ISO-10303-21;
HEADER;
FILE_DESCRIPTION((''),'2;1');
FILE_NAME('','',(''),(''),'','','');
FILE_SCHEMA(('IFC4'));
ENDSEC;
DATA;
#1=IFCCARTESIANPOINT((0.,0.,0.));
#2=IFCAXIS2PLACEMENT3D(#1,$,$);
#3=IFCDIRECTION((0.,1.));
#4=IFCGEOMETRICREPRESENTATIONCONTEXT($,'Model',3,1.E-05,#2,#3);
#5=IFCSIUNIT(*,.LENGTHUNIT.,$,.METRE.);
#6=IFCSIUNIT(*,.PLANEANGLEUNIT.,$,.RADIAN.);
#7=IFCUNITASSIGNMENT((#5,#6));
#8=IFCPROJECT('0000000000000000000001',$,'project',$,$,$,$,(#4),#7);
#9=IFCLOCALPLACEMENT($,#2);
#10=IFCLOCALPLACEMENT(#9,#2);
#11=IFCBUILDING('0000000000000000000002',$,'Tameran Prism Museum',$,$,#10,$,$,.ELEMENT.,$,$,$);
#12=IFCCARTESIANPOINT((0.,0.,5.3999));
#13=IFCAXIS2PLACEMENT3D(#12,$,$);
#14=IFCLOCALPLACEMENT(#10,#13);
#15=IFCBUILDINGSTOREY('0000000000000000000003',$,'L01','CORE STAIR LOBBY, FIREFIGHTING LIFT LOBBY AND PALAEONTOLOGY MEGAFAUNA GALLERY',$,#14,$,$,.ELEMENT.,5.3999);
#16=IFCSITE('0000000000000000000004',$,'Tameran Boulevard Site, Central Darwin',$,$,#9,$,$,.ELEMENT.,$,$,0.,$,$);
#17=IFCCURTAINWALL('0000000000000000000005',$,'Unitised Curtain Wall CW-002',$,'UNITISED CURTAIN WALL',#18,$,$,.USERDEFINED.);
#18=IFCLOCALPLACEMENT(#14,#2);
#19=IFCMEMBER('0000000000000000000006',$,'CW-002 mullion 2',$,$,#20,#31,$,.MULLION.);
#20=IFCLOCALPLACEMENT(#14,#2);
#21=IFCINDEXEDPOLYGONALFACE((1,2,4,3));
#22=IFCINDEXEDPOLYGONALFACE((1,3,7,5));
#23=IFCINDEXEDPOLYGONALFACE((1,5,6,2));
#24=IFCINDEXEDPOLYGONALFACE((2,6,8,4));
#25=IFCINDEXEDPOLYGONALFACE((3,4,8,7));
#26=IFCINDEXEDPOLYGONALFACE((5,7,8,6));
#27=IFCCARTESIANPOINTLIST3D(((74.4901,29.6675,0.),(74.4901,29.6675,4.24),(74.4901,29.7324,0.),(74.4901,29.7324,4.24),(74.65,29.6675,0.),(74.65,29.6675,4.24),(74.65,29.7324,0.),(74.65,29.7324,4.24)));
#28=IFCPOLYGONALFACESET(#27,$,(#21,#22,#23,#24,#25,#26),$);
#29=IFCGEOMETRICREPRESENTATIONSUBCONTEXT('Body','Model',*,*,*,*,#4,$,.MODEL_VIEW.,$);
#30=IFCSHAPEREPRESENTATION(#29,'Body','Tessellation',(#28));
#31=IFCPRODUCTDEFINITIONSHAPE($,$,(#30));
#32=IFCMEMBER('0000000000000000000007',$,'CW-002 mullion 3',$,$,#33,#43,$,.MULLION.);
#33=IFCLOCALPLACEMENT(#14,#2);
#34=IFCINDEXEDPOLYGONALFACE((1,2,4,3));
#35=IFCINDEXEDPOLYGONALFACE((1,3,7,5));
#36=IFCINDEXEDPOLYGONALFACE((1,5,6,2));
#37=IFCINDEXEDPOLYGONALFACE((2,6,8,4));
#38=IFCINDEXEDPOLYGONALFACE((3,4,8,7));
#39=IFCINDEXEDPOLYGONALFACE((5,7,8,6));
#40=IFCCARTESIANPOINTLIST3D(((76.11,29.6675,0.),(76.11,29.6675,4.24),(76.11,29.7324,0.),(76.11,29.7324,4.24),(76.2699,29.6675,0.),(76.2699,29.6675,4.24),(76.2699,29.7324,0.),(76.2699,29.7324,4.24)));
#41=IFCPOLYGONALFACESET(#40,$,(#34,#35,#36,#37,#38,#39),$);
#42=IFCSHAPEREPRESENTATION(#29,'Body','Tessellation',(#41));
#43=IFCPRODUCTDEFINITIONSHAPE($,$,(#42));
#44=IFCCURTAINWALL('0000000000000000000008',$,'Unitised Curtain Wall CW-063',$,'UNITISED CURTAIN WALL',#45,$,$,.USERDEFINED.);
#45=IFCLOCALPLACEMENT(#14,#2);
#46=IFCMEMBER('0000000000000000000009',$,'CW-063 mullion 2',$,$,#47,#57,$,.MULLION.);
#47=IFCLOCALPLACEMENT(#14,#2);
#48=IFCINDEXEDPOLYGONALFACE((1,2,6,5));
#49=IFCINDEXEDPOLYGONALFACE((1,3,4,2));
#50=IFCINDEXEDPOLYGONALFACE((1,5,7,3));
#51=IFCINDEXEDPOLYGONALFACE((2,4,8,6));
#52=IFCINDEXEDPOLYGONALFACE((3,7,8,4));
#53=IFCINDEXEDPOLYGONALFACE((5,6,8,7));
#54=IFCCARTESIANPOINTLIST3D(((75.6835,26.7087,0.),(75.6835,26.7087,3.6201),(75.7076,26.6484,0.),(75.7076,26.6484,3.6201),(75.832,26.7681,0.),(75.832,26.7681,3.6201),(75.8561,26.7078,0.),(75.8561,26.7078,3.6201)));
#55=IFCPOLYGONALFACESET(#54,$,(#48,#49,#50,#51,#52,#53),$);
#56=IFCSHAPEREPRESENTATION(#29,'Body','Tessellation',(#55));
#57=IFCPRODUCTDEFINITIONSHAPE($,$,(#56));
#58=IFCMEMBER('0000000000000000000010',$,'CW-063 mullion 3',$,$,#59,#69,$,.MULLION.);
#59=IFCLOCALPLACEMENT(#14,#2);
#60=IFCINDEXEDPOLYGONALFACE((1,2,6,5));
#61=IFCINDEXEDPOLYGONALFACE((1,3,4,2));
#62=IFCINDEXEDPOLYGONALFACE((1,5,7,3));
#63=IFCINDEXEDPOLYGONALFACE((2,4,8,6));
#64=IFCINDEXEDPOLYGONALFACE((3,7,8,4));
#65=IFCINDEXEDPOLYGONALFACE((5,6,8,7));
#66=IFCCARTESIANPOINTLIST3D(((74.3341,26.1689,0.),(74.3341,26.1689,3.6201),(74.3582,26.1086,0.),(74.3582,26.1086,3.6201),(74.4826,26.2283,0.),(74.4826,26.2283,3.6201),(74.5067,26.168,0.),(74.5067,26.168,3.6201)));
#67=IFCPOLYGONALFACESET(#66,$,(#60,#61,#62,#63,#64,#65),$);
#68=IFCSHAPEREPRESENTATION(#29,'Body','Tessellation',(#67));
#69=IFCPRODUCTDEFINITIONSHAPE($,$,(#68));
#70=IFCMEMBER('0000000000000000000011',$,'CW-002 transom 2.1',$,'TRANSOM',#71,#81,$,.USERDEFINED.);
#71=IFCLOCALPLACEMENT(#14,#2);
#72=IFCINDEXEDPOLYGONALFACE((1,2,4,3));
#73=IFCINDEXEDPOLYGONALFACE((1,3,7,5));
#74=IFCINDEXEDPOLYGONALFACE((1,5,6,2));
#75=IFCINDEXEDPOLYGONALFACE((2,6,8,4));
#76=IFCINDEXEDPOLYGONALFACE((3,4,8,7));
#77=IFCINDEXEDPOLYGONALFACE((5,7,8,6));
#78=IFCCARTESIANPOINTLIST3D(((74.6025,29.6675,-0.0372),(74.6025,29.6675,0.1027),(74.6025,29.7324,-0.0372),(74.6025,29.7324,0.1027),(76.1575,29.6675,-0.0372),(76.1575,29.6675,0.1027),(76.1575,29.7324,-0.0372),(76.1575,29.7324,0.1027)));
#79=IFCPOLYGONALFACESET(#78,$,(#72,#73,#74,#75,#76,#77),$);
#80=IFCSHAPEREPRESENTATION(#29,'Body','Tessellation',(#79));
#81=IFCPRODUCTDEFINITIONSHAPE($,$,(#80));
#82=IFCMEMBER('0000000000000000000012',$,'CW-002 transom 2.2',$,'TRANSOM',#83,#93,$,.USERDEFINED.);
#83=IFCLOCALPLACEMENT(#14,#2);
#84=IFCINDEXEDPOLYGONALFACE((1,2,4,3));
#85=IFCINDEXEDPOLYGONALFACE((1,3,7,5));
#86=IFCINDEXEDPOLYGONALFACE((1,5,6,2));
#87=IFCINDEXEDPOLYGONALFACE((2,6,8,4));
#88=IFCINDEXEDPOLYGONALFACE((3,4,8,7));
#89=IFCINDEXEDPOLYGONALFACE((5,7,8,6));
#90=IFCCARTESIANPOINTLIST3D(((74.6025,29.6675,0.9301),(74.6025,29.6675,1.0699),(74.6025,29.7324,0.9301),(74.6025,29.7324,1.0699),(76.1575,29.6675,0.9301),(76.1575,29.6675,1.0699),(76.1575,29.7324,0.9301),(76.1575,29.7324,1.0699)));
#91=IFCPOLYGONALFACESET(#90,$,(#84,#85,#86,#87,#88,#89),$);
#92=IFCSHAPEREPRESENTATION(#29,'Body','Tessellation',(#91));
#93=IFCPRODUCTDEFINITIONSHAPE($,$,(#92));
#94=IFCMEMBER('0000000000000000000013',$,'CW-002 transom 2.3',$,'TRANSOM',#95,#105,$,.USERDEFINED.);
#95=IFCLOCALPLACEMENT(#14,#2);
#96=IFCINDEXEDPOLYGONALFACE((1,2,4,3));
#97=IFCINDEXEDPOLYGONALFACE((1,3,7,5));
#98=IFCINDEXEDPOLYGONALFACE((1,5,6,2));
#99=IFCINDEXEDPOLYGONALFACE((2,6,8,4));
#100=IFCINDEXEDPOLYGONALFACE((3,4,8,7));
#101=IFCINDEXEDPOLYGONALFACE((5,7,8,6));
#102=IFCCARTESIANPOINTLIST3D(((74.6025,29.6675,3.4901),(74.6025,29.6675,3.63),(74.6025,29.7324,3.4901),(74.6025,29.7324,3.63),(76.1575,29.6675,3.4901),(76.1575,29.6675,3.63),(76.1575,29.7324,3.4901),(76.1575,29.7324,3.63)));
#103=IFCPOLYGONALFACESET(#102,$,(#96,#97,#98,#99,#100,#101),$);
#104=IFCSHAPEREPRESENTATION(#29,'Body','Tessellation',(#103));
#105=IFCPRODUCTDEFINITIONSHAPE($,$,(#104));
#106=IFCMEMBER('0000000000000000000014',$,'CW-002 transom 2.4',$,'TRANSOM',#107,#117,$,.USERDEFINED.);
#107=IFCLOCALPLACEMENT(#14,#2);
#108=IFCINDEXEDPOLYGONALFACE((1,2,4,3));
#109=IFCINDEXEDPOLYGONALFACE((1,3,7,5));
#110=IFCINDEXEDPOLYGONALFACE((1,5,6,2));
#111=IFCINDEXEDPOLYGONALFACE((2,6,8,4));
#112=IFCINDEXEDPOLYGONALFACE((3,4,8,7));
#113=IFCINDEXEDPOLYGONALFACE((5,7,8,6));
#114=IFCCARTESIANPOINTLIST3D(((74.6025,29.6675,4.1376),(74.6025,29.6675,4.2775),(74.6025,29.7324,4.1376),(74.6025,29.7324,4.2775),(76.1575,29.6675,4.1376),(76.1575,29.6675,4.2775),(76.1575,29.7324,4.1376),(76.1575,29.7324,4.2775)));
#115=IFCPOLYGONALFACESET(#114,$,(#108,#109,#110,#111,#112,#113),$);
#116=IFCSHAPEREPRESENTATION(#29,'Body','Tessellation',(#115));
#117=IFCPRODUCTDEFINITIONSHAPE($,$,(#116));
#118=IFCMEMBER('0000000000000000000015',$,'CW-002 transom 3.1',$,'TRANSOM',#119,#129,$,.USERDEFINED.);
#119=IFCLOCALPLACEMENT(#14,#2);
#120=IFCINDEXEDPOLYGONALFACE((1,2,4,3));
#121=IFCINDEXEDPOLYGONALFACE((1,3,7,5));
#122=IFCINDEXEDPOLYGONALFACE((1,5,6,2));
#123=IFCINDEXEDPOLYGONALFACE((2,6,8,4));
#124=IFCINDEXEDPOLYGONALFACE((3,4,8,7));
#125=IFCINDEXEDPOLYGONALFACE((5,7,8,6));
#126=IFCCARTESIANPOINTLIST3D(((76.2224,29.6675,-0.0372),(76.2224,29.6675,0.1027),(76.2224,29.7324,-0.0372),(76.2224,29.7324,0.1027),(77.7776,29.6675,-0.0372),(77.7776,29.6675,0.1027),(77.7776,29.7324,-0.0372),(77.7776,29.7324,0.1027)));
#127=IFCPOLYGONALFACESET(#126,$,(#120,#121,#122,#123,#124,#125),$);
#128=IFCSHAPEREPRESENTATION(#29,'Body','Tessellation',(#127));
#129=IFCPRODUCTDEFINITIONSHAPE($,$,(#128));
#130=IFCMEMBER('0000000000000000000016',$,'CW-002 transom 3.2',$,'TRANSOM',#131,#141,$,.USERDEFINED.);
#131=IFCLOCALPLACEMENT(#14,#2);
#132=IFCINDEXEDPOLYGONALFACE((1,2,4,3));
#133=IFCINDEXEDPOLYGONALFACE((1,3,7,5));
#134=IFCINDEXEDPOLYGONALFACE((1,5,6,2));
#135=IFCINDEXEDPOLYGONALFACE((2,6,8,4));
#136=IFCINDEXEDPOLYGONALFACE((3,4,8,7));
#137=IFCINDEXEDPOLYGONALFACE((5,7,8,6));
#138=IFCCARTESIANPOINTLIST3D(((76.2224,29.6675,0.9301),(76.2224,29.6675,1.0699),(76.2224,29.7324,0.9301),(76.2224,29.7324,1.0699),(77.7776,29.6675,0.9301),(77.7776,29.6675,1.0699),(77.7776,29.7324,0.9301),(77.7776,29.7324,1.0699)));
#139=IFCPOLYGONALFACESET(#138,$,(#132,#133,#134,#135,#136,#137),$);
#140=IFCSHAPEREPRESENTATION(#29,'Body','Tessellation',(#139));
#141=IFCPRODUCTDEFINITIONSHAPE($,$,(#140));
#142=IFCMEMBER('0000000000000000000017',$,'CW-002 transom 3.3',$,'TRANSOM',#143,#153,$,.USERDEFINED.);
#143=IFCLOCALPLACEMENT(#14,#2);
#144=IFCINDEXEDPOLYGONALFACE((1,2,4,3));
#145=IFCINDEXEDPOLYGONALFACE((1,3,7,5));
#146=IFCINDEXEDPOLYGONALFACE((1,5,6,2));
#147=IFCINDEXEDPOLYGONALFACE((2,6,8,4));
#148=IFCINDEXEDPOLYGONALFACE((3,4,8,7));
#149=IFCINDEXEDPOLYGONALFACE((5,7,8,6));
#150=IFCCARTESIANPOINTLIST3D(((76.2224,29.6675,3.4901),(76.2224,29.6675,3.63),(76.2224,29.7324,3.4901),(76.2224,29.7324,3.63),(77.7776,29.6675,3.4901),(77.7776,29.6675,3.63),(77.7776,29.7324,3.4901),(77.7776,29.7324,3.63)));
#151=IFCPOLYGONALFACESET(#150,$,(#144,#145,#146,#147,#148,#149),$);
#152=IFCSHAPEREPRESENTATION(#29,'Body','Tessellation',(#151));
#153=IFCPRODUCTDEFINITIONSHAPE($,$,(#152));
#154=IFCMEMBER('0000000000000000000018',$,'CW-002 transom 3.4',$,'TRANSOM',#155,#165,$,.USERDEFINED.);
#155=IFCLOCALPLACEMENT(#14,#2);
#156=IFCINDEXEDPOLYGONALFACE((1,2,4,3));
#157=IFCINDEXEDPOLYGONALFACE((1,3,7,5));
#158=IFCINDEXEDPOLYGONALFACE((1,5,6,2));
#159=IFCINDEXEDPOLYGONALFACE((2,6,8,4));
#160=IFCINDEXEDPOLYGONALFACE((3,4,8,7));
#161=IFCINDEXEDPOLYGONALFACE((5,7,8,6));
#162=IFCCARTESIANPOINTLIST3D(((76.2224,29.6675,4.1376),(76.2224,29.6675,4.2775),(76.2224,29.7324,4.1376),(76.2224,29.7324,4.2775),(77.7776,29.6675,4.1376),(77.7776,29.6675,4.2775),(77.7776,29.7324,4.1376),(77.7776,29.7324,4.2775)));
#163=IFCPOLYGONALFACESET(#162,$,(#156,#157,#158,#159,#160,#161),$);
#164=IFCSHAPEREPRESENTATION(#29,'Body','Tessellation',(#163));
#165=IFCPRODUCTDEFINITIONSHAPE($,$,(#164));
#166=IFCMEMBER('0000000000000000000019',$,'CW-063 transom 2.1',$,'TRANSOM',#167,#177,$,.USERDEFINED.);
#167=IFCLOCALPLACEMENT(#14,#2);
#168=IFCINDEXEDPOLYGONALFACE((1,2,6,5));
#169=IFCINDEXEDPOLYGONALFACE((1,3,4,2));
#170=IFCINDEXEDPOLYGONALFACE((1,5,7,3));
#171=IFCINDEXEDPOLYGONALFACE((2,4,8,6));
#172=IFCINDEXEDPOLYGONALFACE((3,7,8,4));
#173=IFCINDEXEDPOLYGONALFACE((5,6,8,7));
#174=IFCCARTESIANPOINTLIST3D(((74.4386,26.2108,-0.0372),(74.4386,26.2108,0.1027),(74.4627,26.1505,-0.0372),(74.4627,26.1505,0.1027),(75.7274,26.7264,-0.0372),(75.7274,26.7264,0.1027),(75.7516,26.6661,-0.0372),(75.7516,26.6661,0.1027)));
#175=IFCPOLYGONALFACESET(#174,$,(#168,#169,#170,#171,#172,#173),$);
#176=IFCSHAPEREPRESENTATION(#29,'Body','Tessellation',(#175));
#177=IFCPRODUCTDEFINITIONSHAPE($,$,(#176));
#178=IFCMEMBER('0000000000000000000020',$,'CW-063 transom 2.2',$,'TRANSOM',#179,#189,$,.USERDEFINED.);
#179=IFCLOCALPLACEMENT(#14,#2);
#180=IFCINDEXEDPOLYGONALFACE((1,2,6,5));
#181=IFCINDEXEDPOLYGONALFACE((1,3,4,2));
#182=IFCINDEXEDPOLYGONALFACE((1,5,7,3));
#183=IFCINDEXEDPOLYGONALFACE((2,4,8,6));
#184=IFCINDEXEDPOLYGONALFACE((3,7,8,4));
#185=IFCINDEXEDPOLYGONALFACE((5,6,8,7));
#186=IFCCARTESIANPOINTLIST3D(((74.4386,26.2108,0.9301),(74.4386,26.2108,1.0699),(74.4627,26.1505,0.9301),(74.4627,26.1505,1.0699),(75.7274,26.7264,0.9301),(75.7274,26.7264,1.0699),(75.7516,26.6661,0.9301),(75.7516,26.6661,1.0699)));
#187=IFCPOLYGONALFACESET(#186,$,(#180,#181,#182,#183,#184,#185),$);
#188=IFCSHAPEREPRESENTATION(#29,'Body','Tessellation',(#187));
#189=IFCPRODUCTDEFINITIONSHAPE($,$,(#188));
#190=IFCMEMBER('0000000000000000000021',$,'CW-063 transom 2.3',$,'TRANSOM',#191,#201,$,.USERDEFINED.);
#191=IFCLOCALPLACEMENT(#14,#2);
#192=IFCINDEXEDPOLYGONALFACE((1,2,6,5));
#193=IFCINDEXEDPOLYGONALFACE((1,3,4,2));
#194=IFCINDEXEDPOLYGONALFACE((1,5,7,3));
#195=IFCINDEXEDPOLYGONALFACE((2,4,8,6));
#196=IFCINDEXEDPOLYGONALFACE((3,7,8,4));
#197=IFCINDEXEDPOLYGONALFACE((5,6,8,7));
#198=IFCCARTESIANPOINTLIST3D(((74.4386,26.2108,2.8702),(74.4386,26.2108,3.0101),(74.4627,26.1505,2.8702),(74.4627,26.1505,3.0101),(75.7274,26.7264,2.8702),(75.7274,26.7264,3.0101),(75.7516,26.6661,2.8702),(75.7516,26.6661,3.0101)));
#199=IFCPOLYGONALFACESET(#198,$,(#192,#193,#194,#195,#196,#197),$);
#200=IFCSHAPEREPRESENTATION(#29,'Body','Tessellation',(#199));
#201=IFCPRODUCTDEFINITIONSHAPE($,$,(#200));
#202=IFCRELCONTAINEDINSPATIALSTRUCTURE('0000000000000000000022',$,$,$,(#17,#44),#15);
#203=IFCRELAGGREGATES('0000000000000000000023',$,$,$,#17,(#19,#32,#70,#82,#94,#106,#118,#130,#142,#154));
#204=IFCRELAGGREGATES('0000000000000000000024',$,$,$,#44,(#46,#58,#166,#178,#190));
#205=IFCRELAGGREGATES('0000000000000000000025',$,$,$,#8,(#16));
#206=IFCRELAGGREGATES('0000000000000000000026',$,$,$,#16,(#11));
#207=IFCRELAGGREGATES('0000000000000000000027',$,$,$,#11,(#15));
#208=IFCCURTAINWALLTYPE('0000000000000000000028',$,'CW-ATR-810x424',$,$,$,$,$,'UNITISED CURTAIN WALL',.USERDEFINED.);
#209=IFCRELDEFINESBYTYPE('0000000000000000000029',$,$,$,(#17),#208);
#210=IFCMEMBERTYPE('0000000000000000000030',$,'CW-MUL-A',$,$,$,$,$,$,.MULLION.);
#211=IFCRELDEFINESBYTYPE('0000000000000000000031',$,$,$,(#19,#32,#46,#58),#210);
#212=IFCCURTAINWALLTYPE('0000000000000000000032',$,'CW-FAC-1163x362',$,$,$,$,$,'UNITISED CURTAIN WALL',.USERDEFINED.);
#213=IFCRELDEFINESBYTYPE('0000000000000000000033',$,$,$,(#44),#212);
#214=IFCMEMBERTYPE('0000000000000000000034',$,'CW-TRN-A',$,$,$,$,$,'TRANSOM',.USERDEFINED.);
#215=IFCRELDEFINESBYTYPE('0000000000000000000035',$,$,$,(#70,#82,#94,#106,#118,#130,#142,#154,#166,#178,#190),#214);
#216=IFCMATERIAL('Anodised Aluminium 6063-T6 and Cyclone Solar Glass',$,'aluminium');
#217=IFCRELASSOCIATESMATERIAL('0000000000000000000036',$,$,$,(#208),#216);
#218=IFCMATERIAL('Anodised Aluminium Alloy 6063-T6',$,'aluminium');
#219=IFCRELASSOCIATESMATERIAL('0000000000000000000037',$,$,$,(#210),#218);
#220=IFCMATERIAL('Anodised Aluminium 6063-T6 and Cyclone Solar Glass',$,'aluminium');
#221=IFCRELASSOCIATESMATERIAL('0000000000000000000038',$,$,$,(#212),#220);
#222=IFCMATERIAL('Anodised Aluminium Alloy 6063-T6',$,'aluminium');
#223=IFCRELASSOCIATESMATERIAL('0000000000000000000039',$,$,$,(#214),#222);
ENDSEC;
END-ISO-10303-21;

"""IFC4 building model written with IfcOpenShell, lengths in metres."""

from ifc_helpers import new_model, si_unit, direction, frame, origin, origin_2d, place, context, subcontext, project, spatial, rectangle, extrude, material, material_profile, profile_set, type_object, element, aggregate, save


model = new_model("IFC4")

# Units and contexts
model_context = context("Model", 3, precision=1e-05, world=origin(), true_north=direction((0.0, 1.0)))
body_context = subcontext(model_context, "Body", "Model", "MODEL_VIEW")
ifc_project = project(units=[si_unit("LENGTHUNIT", "METRE"), si_unit("PLANEANGLEUNIT", "RADIAN")], contexts=[model_context])

# Site, building, storey
site_placement = place(None, origin())
site = spatial("IfcSite", under=ifc_project, at=site_placement, Name="Tameran Boulevard Site, Central Darwin", CompositionType="ELEMENT", RefElevation=0.0)
building_placement = place(site_placement, origin())
building = spatial("IfcBuilding", under=site, at=building_placement, Name="Tameran Prism Museum", CompositionType="ELEMENT")
storey_placement = place(building_placement, frame((0.0, 0.0, 5.3999)))
storey = spatial("IfcBuildingStorey", under=building, at=storey_placement, Name="L01", Description="CORE STAIR LOBBY, FIREFIGHTING LIFT LOBBY AND PALAEONTOLOGY MEGAFAUNA GALLERY", CompositionType="ELEMENT", Elevation=5.3999)

# Curtain walls, members
ifc_material_1 = material(Name="Anodised Aluminium 6063-T6 and Cyclone Solar Glass", Category="aluminium")
curtain_wall_type_1 = type_object("IfcCurtainWallType", Name="CW-ATR-810x424", ElementType="UNITISED CURTAIN WALL", PredefinedType="USERDEFINED", material=ifc_material_1)
curtain_wall_1_placement = place(storey_placement, origin())
curtain_wall_1 = element("IfcCurtainWall", 1, at=curtain_wall_1_placement, inside=storey, type_object=curtain_wall_type_1, Name="Unitised Curtain Wall CW-002", ObjectType="UNITISED CURTAIN WALL", PredefinedType="USERDEFINED")
ifc_material_2 = material(Name="Anodised Aluminium Alloy 6063-T6", Category="aluminium")
ifc_material_profile_1 = material_profile(ifc_material_2, rectangle(XDim=0.0649, YDim=0.1599, at=origin_2d()))
ifc_profile_set_1 = profile_set([ifc_material_profile_1])
member_type_1 = type_object("IfcMemberType", Name="CW-MUL-A", PredefinedType="MULLION", material=ifc_profile_set_1)
member_1_placement = place(storey_placement, frame((74.5701, 29.7, 0.0), z_axis=(0.0, 0.0, 1.0), x_axis=(0.0, 1.0, 0.0)))
member_1 = element("IfcMember", 2, at=member_1_placement, type_object=member_type_1, Name="CW-002 mullion 2", PredefinedType="MULLION", context=body_context, shape_type="SweptSolid", body=[
    extrude(rectangle(XDim=0.0649, YDim=0.1599, at=origin_2d()), origin(), (0.0, 0.0, 1.0), 4.24),
])
member_2_placement = place(storey_placement, frame((76.1899, 29.7, 0.0), z_axis=(0.0, 0.0, 1.0), x_axis=(0.0, 1.0, 0.0)))
member_2 = element("IfcMember", 3, at=member_2_placement, type_object=member_type_1, Name="CW-002 mullion 3", PredefinedType="MULLION", context=body_context, shape_type="SweptSolid", body=[
    extrude(rectangle(XDim=0.0649, YDim=0.1599, at=origin_2d()), origin(), (0.0, 0.0, 1.0), 4.24),
])
ifc_material_3 = material(Name="Anodised Aluminium 6063-T6 and Cyclone Solar Glass", Category="aluminium")
curtain_wall_type_2 = type_object("IfcCurtainWallType", Name="CW-FAC-1163x362", ElementType="UNITISED CURTAIN WALL", PredefinedType="USERDEFINED", material=ifc_material_3)
curtain_wall_2_placement = place(storey_placement, origin())
curtain_wall_2 = element("IfcCurtainWall", 4, at=curtain_wall_2_placement, inside=storey, type_object=curtain_wall_type_2, Name="Unitised Curtain Wall CW-063", ObjectType="UNITISED CURTAIN WALL", PredefinedType="USERDEFINED")
member_3_placement = place(storey_placement, frame((75.7698, 26.7083, 0.0), z_axis=(0.0, 0.0, 1.0), x_axis=(0.37142, -0.928465, 0.0)))
member_3 = element("IfcMember", 5, at=member_3_placement, type_object=member_type_1, Name="CW-063 mullion 2", PredefinedType="MULLION", context=body_context, shape_type="SweptSolid", body=[
    extrude(rectangle(XDim=0.0649, YDim=0.1599, at=origin_2d()), origin(), (0.0, 0.0, 1.0), 3.6201),
])
member_4_placement = place(storey_placement, frame((74.4204, 26.1685, 0.0), z_axis=(0.0, 0.0, 1.0), x_axis=(0.37142, -0.928465, 0.0)))
member_4 = element("IfcMember", 6, at=member_4_placement, type_object=member_type_1, Name="CW-063 mullion 3", PredefinedType="MULLION", context=body_context, shape_type="SweptSolid", body=[
    extrude(rectangle(XDim=0.0649, YDim=0.1599, at=origin_2d()), origin(), (0.0, 0.0, 1.0), 3.6201),
])

# Members
ifc_material_4 = material(Name="Anodised Aluminium Alloy 6063-T6", Category="aluminium")
ifc_material_profile_2 = material_profile(ifc_material_4, rectangle(XDim=0.0649, YDim=0.1399, at=origin_2d()))
ifc_profile_set_2 = profile_set([ifc_material_profile_2])
member_type_2 = type_object("IfcMemberType", Name="CW-TRN-A", ElementType="TRANSOM", PredefinedType="USERDEFINED", material=ifc_profile_set_2)
member_5_placement = place(storey_placement, frame((74.6025, 29.7, 0.0327), z_axis=(1.0, 0.0, 0.0), x_axis=(0.0, 1.0, 0.0)))
member_5 = element("IfcMember", 7, at=member_5_placement, type_object=member_type_2, Name="CW-002 transom 2.1", ObjectType="TRANSOM", PredefinedType="USERDEFINED", context=body_context, shape_type="SweptSolid", body=[
    extrude(rectangle(XDim=0.0649, YDim=0.1399, at=origin_2d()), origin(), (0.0, 0.0, 1.0), 1.5549),
])
member_6_placement = place(storey_placement, frame((74.6025, 29.7, 1.0), z_axis=(1.0, 0.0, 0.0), x_axis=(0.0, 1.0, 0.0)))
member_6 = element("IfcMember", 8, at=member_6_placement, type_object=member_type_2, Name="CW-002 transom 2.2", ObjectType="TRANSOM", PredefinedType="USERDEFINED", context=body_context, shape_type="SweptSolid", body=[
    extrude(rectangle(XDim=0.0649, YDim=0.1399, at=origin_2d()), origin(), (0.0, 0.0, 1.0), 1.5549),
])
member_7_placement = place(storey_placement, frame((74.6025, 29.7, 3.5601), z_axis=(1.0, 0.0, 0.0), x_axis=(0.0, 1.0, 0.0)))
member_7 = element("IfcMember", 9, at=member_7_placement, type_object=member_type_2, Name="CW-002 transom 2.3", ObjectType="TRANSOM", PredefinedType="USERDEFINED", context=body_context, shape_type="SweptSolid", body=[
    extrude(rectangle(XDim=0.0649, YDim=0.1399, at=origin_2d()), origin(), (0.0, 0.0, 1.0), 1.5549),
])
member_8_placement = place(storey_placement, frame((74.6025, 29.7, 4.2075), z_axis=(1.0, 0.0, 0.0), x_axis=(0.0, 1.0, 0.0)))
member_8 = element("IfcMember", 10, at=member_8_placement, type_object=member_type_2, Name="CW-002 transom 2.4", ObjectType="TRANSOM", PredefinedType="USERDEFINED", context=body_context, shape_type="SweptSolid", body=[
    extrude(rectangle(XDim=0.0649, YDim=0.1399, at=origin_2d()), origin(), (0.0, 0.0, 1.0), 1.5549),
])
member_9_placement = place(storey_placement, frame((76.2224, 29.7, 0.0327), z_axis=(1.0, 0.0, 0.0), x_axis=(0.0, 1.0, 0.0)))
member_9 = element("IfcMember", 11, at=member_9_placement, type_object=member_type_2, Name="CW-002 transom 3.1", ObjectType="TRANSOM", PredefinedType="USERDEFINED", context=body_context, shape_type="SweptSolid", body=[
    extrude(rectangle(XDim=0.0649, YDim=0.1399, at=origin_2d()), origin(), (0.0, 0.0, 1.0), 1.5552),
])
member_10_placement = place(storey_placement, frame((76.2224, 29.7, 1.0), z_axis=(1.0, 0.0, 0.0), x_axis=(0.0, 1.0, 0.0)))
member_10 = element("IfcMember", 12, at=member_10_placement, type_object=member_type_2, Name="CW-002 transom 3.2", ObjectType="TRANSOM", PredefinedType="USERDEFINED", context=body_context, shape_type="SweptSolid", body=[
    extrude(rectangle(XDim=0.0649, YDim=0.1399, at=origin_2d()), origin(), (0.0, 0.0, 1.0), 1.5552),
])
member_11_placement = place(storey_placement, frame((76.2224, 29.7, 3.5601), z_axis=(1.0, 0.0, 0.0), x_axis=(0.0, 1.0, 0.0)))
member_11 = element("IfcMember", 13, at=member_11_placement, type_object=member_type_2, Name="CW-002 transom 3.3", ObjectType="TRANSOM", PredefinedType="USERDEFINED", context=body_context, shape_type="SweptSolid", body=[
    extrude(rectangle(XDim=0.0649, YDim=0.1399, at=origin_2d()), origin(), (0.0, 0.0, 1.0), 1.5552),
])
member_12_placement = place(storey_placement, frame((76.2224, 29.7, 4.2075), z_axis=(1.0, 0.0, 0.0), x_axis=(0.0, 1.0, 0.0)))
member_12 = element("IfcMember", 14, at=member_12_placement, type_object=member_type_2, Name="CW-002 transom 3.4", ObjectType="TRANSOM", PredefinedType="USERDEFINED", context=body_context, shape_type="SweptSolid", body=[
    extrude(rectangle(XDim=0.0649, YDim=0.1399, at=origin_2d()), origin(), (0.0, 0.0, 1.0), 1.5552),
])
member_13_placement = place(storey_placement, frame((75.7395, 26.6963, 0.0327), z_axis=(-0.928452, -0.371451, 0.0), x_axis=(0.371451, -0.928452, 0.0)))
member_13 = element("IfcMember", 15, at=member_13_placement, type_object=member_type_2, Name="CW-063 transom 2.1", ObjectType="TRANSOM", PredefinedType="USERDEFINED", context=body_context, shape_type="SweptSolid", body=[
    extrude(rectangle(XDim=0.0649, YDim=0.1399, at=origin_2d()), origin(), (0.0, 0.0, 1.0), 1.3882),
])
member_14_placement = place(storey_placement, frame((75.7395, 26.6963, 1.0), z_axis=(-0.928452, -0.371451, 0.0), x_axis=(0.371451, -0.928452, 0.0)))
member_14 = element("IfcMember", 16, at=member_14_placement, type_object=member_type_2, Name="CW-063 transom 2.2", ObjectType="TRANSOM", PredefinedType="USERDEFINED", context=body_context, shape_type="SweptSolid", body=[
    extrude(rectangle(XDim=0.0649, YDim=0.1399, at=origin_2d()), origin(), (0.0, 0.0, 1.0), 1.3882),
])
member_15_placement = place(storey_placement, frame((75.7395, 26.6963, 2.9402), z_axis=(-0.928452, -0.371451, 0.0), x_axis=(0.371451, -0.928452, 0.0)))
member_15 = element("IfcMember", 17, at=member_15_placement, type_object=member_type_2, Name="CW-063 transom 2.3", ObjectType="TRANSOM", PredefinedType="USERDEFINED", context=body_context, shape_type="SweptSolid", body=[
    extrude(rectangle(XDim=0.0649, YDim=0.1399, at=origin_2d()), origin(), (0.0, 0.0, 1.0), 1.3882),
])

aggregate(curtain_wall_1, [member_1, member_2, member_5, member_6, member_7, member_8, member_9, member_10, member_11, member_12])
aggregate(curtain_wall_2, [member_3, member_4, member_13, member_14, member_15])

save(model, "model.ifc")
